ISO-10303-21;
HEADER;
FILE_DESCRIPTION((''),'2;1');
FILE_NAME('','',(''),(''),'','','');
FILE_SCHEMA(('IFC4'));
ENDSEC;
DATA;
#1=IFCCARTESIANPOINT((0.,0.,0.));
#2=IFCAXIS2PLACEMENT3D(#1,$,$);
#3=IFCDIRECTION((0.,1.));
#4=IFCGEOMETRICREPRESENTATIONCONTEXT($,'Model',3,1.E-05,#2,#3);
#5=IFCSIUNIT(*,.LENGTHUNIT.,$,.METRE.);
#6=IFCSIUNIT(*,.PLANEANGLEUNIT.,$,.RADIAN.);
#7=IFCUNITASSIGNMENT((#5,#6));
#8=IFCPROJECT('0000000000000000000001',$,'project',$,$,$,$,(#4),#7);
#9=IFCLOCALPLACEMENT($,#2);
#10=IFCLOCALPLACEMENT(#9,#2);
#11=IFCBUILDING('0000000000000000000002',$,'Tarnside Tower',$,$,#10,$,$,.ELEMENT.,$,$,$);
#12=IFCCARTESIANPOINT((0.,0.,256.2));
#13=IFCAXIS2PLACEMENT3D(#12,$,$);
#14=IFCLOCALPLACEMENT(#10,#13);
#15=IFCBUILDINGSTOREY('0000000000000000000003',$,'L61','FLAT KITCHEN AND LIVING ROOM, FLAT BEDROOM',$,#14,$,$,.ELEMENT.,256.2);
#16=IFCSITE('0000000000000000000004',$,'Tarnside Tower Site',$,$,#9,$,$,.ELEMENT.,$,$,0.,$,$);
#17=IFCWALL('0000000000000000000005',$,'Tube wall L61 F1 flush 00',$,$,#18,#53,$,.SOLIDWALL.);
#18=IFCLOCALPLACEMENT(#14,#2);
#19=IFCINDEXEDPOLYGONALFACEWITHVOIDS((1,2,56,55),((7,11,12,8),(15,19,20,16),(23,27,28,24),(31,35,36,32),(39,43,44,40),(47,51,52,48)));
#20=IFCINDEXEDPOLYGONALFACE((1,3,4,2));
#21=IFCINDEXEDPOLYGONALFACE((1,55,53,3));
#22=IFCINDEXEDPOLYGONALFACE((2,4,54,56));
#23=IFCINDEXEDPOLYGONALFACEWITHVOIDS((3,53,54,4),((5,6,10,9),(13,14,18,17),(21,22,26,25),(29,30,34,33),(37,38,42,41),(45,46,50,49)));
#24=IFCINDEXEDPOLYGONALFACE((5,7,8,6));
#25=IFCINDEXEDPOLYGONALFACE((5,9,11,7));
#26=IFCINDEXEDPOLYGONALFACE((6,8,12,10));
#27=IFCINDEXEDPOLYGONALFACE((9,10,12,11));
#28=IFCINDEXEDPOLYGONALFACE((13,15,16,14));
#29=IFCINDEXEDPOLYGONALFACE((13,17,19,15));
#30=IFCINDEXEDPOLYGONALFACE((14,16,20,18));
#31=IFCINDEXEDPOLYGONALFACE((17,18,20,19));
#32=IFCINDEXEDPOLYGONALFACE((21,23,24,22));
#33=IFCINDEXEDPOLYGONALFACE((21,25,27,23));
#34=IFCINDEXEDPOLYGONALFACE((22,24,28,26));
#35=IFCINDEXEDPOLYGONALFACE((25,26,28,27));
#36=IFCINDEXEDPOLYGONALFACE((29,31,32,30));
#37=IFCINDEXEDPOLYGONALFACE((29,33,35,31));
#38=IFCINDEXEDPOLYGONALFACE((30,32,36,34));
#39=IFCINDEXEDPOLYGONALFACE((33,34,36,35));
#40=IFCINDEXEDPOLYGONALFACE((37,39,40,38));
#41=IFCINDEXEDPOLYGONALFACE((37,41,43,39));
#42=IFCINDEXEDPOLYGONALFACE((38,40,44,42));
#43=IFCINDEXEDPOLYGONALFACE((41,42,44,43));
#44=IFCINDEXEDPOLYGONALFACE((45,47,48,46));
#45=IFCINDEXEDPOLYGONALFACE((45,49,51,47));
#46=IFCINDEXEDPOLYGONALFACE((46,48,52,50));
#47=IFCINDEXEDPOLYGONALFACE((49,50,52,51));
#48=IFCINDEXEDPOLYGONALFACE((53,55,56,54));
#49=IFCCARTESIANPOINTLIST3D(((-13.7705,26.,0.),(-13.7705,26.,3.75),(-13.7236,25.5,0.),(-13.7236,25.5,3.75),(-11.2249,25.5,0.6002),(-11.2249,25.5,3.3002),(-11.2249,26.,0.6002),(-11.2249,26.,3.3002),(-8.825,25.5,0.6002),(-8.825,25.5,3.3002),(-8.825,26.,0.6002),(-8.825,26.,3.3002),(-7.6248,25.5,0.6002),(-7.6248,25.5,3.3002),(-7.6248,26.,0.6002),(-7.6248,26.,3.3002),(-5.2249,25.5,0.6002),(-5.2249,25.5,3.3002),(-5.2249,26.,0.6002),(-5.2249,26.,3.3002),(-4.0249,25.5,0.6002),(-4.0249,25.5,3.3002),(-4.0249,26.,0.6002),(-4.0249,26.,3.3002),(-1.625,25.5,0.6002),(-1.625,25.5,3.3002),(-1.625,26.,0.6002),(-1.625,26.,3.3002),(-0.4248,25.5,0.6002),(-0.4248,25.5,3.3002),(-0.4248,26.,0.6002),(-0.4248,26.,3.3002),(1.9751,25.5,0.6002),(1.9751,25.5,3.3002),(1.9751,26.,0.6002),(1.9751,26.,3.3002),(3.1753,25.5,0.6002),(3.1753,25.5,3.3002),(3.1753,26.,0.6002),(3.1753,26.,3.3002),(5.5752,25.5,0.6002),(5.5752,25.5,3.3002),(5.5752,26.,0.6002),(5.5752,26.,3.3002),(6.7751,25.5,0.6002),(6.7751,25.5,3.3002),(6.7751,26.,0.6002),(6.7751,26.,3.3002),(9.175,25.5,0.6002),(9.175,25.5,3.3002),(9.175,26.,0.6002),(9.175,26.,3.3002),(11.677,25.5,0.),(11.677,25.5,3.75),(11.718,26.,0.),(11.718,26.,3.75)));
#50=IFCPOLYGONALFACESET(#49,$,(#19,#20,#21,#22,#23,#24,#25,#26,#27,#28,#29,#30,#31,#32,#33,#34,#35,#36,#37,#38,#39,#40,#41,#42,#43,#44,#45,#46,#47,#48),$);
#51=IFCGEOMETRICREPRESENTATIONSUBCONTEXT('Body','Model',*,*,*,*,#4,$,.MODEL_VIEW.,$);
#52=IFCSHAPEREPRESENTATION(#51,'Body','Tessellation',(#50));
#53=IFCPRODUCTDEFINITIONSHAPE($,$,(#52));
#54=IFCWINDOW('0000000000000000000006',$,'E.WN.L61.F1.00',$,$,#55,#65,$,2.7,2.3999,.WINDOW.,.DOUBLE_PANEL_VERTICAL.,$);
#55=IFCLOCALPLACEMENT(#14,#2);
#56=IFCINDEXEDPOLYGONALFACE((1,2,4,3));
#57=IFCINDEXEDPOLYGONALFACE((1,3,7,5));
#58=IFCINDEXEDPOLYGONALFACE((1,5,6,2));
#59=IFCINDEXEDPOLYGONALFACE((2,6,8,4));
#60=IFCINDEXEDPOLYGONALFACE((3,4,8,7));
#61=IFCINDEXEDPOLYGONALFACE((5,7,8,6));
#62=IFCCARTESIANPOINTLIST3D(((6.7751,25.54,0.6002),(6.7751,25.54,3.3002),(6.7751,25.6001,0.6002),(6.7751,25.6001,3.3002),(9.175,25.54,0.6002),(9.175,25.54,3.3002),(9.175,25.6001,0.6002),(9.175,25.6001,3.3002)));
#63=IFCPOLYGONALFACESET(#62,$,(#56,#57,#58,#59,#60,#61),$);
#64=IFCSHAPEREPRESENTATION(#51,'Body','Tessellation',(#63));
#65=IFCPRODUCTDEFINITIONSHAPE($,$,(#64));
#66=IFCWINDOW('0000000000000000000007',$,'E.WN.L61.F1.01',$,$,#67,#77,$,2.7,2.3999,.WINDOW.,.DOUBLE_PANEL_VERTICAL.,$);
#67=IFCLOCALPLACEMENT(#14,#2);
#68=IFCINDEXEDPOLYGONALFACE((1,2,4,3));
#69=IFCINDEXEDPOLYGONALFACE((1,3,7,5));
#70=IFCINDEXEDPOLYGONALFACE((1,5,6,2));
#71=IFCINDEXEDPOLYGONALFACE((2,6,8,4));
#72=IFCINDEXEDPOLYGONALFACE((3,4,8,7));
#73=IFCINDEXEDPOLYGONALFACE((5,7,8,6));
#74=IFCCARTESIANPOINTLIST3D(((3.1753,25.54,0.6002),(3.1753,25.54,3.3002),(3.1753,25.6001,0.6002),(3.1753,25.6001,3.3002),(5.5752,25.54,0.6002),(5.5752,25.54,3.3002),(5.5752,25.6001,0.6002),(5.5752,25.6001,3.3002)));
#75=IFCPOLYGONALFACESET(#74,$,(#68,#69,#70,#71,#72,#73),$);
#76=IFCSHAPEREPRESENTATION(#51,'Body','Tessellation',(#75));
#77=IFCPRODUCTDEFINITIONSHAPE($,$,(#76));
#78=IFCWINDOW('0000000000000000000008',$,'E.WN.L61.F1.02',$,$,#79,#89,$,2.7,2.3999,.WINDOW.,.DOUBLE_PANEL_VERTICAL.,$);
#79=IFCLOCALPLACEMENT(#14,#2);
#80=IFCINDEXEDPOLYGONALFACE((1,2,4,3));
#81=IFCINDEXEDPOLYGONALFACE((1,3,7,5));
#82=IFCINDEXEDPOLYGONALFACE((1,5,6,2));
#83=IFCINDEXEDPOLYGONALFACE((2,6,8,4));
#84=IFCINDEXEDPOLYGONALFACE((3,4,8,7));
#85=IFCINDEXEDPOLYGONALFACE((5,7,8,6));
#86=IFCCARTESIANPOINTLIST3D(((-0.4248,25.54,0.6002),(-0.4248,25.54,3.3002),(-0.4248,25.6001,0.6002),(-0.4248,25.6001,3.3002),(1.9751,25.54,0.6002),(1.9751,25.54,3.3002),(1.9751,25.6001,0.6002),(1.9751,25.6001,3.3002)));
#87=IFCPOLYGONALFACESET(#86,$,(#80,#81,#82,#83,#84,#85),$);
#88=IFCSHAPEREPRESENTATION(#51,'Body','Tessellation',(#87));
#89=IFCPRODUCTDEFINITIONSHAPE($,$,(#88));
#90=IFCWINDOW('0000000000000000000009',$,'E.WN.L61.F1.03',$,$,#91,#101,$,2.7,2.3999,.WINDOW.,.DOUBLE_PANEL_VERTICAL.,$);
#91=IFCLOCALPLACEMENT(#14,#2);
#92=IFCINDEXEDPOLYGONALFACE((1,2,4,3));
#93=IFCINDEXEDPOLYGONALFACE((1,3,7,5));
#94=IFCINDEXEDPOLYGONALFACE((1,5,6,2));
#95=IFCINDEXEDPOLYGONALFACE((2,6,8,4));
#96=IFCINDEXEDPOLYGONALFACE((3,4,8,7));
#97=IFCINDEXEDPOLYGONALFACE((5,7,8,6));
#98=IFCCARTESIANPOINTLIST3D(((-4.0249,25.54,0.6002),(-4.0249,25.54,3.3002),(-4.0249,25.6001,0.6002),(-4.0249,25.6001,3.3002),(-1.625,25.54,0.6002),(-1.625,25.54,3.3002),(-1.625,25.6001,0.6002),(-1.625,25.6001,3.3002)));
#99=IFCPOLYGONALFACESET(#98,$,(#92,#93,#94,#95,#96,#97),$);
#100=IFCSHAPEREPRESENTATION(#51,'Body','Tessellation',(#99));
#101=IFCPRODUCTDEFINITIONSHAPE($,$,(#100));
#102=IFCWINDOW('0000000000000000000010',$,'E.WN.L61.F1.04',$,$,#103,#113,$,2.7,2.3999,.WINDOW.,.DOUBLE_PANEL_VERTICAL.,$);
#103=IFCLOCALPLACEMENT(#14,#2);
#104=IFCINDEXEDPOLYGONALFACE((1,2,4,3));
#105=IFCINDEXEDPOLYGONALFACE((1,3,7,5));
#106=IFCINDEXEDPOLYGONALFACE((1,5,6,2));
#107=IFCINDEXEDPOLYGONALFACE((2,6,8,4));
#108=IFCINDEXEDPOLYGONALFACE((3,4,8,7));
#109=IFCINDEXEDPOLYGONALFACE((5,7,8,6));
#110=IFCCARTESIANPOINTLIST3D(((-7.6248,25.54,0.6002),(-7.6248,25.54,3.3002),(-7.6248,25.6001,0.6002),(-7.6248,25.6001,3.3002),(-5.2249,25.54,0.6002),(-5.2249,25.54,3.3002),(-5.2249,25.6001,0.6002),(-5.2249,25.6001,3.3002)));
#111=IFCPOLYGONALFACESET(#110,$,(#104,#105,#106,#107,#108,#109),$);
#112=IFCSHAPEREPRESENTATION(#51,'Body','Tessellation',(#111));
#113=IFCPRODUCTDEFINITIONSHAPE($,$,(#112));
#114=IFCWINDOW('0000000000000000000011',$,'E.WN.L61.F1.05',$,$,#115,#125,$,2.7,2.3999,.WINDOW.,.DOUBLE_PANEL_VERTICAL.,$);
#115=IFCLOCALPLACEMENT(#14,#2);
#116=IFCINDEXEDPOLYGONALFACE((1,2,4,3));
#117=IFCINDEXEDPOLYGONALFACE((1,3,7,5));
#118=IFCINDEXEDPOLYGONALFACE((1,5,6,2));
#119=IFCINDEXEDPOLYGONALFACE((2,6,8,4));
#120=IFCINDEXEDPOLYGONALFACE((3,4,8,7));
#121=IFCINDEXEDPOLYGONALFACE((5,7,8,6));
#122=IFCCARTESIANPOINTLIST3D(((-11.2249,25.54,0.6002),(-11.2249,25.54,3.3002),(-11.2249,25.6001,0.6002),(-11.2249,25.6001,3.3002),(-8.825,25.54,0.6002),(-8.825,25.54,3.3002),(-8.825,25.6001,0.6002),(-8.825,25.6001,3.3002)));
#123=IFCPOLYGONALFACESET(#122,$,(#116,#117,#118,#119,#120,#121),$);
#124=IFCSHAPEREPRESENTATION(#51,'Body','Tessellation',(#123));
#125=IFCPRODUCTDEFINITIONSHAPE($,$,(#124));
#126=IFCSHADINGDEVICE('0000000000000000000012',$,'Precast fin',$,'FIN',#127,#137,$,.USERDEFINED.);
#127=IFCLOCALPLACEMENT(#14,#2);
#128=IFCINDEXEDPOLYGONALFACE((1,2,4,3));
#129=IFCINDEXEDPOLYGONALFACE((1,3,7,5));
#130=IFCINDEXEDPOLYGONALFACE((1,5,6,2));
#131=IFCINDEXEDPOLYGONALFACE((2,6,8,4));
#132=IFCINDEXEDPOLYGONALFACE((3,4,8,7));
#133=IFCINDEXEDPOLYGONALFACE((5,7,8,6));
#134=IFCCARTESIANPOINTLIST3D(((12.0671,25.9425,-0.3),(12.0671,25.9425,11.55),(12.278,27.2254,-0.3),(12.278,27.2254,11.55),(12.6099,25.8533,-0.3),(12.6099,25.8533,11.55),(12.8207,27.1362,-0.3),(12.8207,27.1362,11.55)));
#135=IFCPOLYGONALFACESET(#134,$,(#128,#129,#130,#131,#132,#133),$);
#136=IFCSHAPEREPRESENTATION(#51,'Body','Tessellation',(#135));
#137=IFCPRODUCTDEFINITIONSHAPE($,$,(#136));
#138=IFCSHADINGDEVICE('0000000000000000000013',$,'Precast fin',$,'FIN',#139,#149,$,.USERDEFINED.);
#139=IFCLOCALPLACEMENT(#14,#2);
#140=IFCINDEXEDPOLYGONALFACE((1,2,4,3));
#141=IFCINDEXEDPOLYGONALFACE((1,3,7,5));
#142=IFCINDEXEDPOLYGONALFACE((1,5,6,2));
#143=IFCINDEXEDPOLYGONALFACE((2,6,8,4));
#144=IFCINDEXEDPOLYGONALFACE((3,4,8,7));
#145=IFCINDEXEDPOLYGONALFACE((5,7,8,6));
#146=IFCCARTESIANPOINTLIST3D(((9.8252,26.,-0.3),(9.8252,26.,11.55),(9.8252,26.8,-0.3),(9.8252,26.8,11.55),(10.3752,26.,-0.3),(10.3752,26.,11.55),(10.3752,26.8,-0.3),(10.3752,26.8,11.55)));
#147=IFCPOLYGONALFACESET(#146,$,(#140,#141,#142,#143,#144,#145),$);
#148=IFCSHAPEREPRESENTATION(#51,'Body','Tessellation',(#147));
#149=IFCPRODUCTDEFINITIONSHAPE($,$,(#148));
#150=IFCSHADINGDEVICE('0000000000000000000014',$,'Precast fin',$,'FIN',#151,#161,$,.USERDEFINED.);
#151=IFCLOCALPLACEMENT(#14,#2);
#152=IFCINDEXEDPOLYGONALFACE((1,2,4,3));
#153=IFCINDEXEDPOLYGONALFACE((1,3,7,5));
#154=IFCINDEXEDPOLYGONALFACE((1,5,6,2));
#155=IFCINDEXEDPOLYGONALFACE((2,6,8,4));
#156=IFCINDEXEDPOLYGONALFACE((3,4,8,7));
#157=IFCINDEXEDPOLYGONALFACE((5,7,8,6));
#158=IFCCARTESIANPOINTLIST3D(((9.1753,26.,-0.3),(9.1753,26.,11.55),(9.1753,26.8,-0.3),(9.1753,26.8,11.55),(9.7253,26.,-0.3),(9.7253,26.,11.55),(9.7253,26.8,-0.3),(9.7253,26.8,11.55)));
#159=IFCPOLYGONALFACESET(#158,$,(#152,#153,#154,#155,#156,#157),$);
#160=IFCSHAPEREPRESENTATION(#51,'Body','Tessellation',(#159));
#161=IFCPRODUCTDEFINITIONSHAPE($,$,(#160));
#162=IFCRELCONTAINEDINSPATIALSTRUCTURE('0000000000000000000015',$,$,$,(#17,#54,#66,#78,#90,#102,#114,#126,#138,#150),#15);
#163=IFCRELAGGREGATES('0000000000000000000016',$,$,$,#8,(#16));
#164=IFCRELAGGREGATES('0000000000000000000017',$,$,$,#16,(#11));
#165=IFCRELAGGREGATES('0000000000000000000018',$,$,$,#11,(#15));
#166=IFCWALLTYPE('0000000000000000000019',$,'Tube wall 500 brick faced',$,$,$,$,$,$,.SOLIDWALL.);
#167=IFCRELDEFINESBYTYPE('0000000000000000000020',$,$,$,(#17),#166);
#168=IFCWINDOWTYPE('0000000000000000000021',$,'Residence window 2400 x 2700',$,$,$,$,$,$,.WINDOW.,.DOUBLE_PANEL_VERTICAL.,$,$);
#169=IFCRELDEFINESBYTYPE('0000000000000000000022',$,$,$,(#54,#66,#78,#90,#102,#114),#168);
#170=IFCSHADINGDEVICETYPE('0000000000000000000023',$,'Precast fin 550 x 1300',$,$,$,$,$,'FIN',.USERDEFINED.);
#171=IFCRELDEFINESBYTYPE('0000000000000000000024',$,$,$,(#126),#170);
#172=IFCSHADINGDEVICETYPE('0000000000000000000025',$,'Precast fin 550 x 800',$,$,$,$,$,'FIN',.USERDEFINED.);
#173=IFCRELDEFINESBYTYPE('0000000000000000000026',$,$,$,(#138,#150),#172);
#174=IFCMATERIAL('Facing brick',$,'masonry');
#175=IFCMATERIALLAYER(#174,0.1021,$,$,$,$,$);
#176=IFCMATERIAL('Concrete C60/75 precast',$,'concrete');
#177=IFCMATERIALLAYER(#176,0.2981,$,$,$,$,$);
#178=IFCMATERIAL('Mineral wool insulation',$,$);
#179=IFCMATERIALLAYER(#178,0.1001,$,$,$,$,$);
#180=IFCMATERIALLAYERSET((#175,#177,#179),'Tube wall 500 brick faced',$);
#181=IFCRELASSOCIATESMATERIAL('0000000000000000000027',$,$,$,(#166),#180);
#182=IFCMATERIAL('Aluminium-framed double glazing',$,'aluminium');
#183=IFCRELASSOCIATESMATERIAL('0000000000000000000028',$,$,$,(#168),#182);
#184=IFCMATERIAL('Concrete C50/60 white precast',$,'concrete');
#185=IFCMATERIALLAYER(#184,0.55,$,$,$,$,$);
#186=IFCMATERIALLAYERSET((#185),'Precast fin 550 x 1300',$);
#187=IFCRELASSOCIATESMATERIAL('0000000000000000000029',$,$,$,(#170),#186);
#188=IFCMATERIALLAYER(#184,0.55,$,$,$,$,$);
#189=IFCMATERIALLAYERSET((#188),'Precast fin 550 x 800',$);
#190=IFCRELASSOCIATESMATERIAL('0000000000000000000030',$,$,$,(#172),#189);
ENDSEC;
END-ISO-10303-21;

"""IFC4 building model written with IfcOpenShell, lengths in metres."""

from ifc_helpers import new_model, si_unit, direction, frame, frame_2d, origin, place, context, subcontext, project, spatial, polyline, rectangle, outline, extrude, material, layer, layer_set, type_object, element, fill, save


model = new_model("IFC4")

# Units and contexts
model_context = context("Model", 3, precision=1e-05, world=origin(), true_north=direction((0.0, 1.0)))
body_context = subcontext(model_context, "Body", "Model", "MODEL_VIEW")
ifc_project = project(units=[si_unit("LENGTHUNIT", "METRE"), si_unit("PLANEANGLEUNIT", "RADIAN")], contexts=[model_context])

# Site, building, storey
site_placement = place(None, origin())
site = spatial("IfcSite", under=ifc_project, at=site_placement, Name="Tarnside Tower Site", CompositionType="ELEMENT", RefElevation=0.0)
building_placement = place(site_placement, origin())
building = spatial("IfcBuilding", under=site, at=building_placement, Name="Tarnside Tower", CompositionType="ELEMENT")
storey_placement = place(building_placement, frame((0.0, 0.0, 256.2)))
storey = spatial("IfcBuildingStorey", under=building, at=storey_placement, Name="L61", Description="FLAT KITCHEN AND LIVING ROOM, FLAT BEDROOM", CompositionType="ELEMENT", Elevation=256.2)

# Wall, openings, windows
ifc_material_1 = material(Name="Facing brick", Category="masonry")
ifc_layer_1 = layer(ifc_material_1, 0.1021)
ifc_material_2 = material(Name="Concrete C60/75 precast", Category="concrete")
ifc_layer_2 = layer(ifc_material_2, 0.2981)
ifc_material_3 = material(Name="Mineral wool insulation")
ifc_layer_3 = layer(ifc_material_3, 0.1001)
ifc_layer_set_1 = layer_set([ifc_layer_1, ifc_layer_2, ifc_layer_3], Name="Tube wall 500 brick faced")
wall_type_1 = type_object("IfcWallType", Name="Tube wall 500 brick faced", PredefinedType="SOLIDWALL", material=ifc_layer_set_1)
wall_1_placement = place(storey_placement, frame((11.6975, 25.75, 0.0), z_axis=(0.0, 0.0, 1.0), x_axis=(-1.0, 0.0, 0.0)))
wall_1 = element("IfcWall", 1, at=wall_1_placement, inside=storey, type_object=wall_type_1, Name="Tube wall L61 F1 flush 00", PredefinedType="SOLIDWALL", context=body_context, shape_type="SweptSolid", body=[
    extrude(outline(polyline([(-0.0205, -0.25), (25.468, -0.25), (25.4211, 0.25), (0.0205, 0.25), (-0.0205, -0.25)])), origin(), (0.0, 0.0, 1.0), 3.75),
])
opening_1_placement = place(wall_1_placement, frame((2.5225, 0.0, 0.6001)))
opening_1 = element("IfcOpeningElement", 2, at=opening_1_placement, cuts=wall_1, PredefinedType="OPENING", context=body_context, shape_type="SweptSolid", body=[
    extrude(rectangle(XDim=2.3999, YDim=2.7, at=frame_2d((1.2, 1.3501))), frame((0.0, 0.26, 0.0), z_axis=(0.0, -1.0, 0.0), x_axis=(1.0, 0.0, 0.0)), (0.0, 0.0, 1.0), 0.52),
])
opening_2_placement = place(wall_1_placement, frame((6.1223, 0.0, 0.6001)))
opening_2 = element("IfcOpeningElement", 3, at=opening_2_placement, cuts=wall_1, PredefinedType="OPENING", context=body_context, shape_type="SweptSolid", body=[
    extrude(rectangle(XDim=2.3999, YDim=2.7, at=frame_2d((1.2, 1.3501))), frame((0.0, 0.26, 0.0), z_axis=(0.0, -1.0, 0.0), x_axis=(1.0, 0.0, 0.0)), (0.0, 0.0, 1.0), 0.52),
])
opening_3_placement = place(wall_1_placement, frame((9.7224, 0.0, 0.6001)))
opening_3 = element("IfcOpeningElement", 4, at=opening_3_placement, cuts=wall_1, PredefinedType="OPENING", context=body_context, shape_type="SweptSolid", body=[
    extrude(rectangle(XDim=2.3999, YDim=2.7, at=frame_2d((1.2, 1.3501))), frame((0.0, 0.26, 0.0), z_axis=(0.0, -1.0, 0.0), x_axis=(1.0, 0.0, 0.0)), (0.0, 0.0, 1.0), 0.52),
])
opening_4_placement = place(wall_1_placement, frame((13.3225, 0.0, 0.6001)))
opening_4 = element("IfcOpeningElement", 5, at=opening_4_placement, cuts=wall_1, PredefinedType="OPENING", context=body_context, shape_type="SweptSolid", body=[
    extrude(rectangle(XDim=2.3999, YDim=2.7, at=frame_2d((1.2, 1.3501))), frame((0.0, 0.26, 0.0), z_axis=(0.0, -1.0, 0.0), x_axis=(1.0, 0.0, 0.0)), (0.0, 0.0, 1.0), 0.52),
])
opening_5_placement = place(wall_1_placement, frame((16.9224, 0.0, 0.6001)))
opening_5 = element("IfcOpeningElement", 6, at=opening_5_placement, cuts=wall_1, PredefinedType="OPENING", context=body_context, shape_type="SweptSolid", body=[
    extrude(rectangle(XDim=2.3999, YDim=2.7, at=frame_2d((1.2, 1.3501))), frame((0.0, 0.26, 0.0), z_axis=(0.0, -1.0, 0.0), x_axis=(1.0, 0.0, 0.0)), (0.0, 0.0, 1.0), 0.52),
])
opening_6_placement = place(wall_1_placement, frame((20.5225, 0.0, 0.6001)))
opening_6 = element("IfcOpeningElement", 7, at=opening_6_placement, cuts=wall_1, PredefinedType="OPENING", context=body_context, shape_type="SweptSolid", body=[
    extrude(rectangle(XDim=2.3999, YDim=2.7, at=frame_2d((1.2, 1.3501))), frame((0.0, 0.26, 0.0), z_axis=(0.0, -1.0, 0.0), x_axis=(1.0, 0.0, 0.0)), (0.0, 0.0, 1.0), 0.52),
])
ifc_material_4 = material(Name="Aluminium-framed double glazing", Category="aluminium")
window_type = type_object("IfcWindowType", Name="Residence window 2400 x 2700", PartitioningType="DOUBLE_PANEL_VERTICAL", PredefinedType="WINDOW", material=ifc_material_4)
window_1_placement = place(opening_1_placement, frame((0.0, 0.1799, 0.0)))
window_1 = element("IfcWindow", 8, at=window_1_placement, inside=storey, type_object=window_type, Name="E.WN.L61.F1.00", OverallHeight=2.7, OverallWidth=2.3999, PartitioningType="DOUBLE_PANEL_VERTICAL", PredefinedType="WINDOW", context=body_context, shape_type="SweptSolid", body=[
    extrude(rectangle(XDim=2.3999, YDim=2.7, at=frame_2d((1.2, 1.3501))), frame((0.0, 0.03, 0.0), z_axis=(0.0, -1.0, 0.0), x_axis=(1.0, 0.0, 0.0)), (0.0, 0.0, 1.0), 0.0601),
])
fill(opening_1, window_1)
window_2_placement = place(opening_2_placement, frame((0.0, 0.1799, 0.0)))
window_2 = element("IfcWindow", 9, at=window_2_placement, inside=storey, type_object=window_type, Name="E.WN.L61.F1.01", OverallHeight=2.7, OverallWidth=2.3999, PartitioningType="DOUBLE_PANEL_VERTICAL", PredefinedType="WINDOW", context=body_context, shape_type="SweptSolid", body=[
    extrude(rectangle(XDim=2.3999, YDim=2.7, at=frame_2d((1.2, 1.3501))), frame((0.0, 0.03, 0.0), z_axis=(0.0, -1.0, 0.0), x_axis=(1.0, 0.0, 0.0)), (0.0, 0.0, 1.0), 0.0601),
])
fill(opening_2, window_2)
window_3_placement = place(opening_3_placement, frame((0.0, 0.1799, 0.0)))
window_3 = element("IfcWindow", 10, at=window_3_placement, inside=storey, type_object=window_type, Name="E.WN.L61.F1.02", OverallHeight=2.7, OverallWidth=2.3999, PartitioningType="DOUBLE_PANEL_VERTICAL", PredefinedType="WINDOW", context=body_context, shape_type="SweptSolid", body=[
    extrude(rectangle(XDim=2.3999, YDim=2.7, at=frame_2d((1.2, 1.3501))), frame((0.0, 0.03, 0.0), z_axis=(0.0, -1.0, 0.0), x_axis=(1.0, 0.0, 0.0)), (0.0, 0.0, 1.0), 0.0601),
])
fill(opening_3, window_3)
window_4_placement = place(opening_4_placement, frame((0.0, 0.1799, 0.0)))
window_4 = element("IfcWindow", 11, at=window_4_placement, inside=storey, type_object=window_type, Name="E.WN.L61.F1.03", OverallHeight=2.7, OverallWidth=2.3999, PartitioningType="DOUBLE_PANEL_VERTICAL", PredefinedType="WINDOW", context=body_context, shape_type="SweptSolid", body=[
    extrude(rectangle(XDim=2.3999, YDim=2.7, at=frame_2d((1.2, 1.3501))), frame((0.0, 0.03, 0.0), z_axis=(0.0, -1.0, 0.0), x_axis=(1.0, 0.0, 0.0)), (0.0, 0.0, 1.0), 0.0601),
])
fill(opening_4, window_4)
window_5_placement = place(opening_5_placement, frame((0.0, 0.1799, 0.0)))
window_5 = element("IfcWindow", 12, at=window_5_placement, inside=storey, type_object=window_type, Name="E.WN.L61.F1.04", OverallHeight=2.7, OverallWidth=2.3999, PartitioningType="DOUBLE_PANEL_VERTICAL", PredefinedType="WINDOW", context=body_context, shape_type="SweptSolid", body=[
    extrude(rectangle(XDim=2.3999, YDim=2.7, at=frame_2d((1.2, 1.3501))), frame((0.0, 0.03, 0.0), z_axis=(0.0, -1.0, 0.0), x_axis=(1.0, 0.0, 0.0)), (0.0, 0.0, 1.0), 0.0601),
])
fill(opening_5, window_5)
window_6_placement = place(opening_6_placement, frame((0.0, 0.1799, 0.0)))
window_6 = element("IfcWindow", 13, at=window_6_placement, inside=storey, type_object=window_type, Name="E.WN.L61.F1.05", OverallHeight=2.7, OverallWidth=2.3999, PartitioningType="DOUBLE_PANEL_VERTICAL", PredefinedType="WINDOW", context=body_context, shape_type="SweptSolid", body=[
    extrude(rectangle(XDim=2.3999, YDim=2.7, at=frame_2d((1.2, 1.3501))), frame((0.0, 0.03, 0.0), z_axis=(0.0, -1.0, 0.0), x_axis=(1.0, 0.0, 0.0)), (0.0, 0.0, 1.0), 0.0601),
])
fill(opening_6, window_6)

# Shading devices
ifc_material_5 = material(Name="Concrete C50/60 white precast", Category="concrete")
ifc_layer_4 = layer(ifc_material_5, 0.55)
ifc_layer_set_2 = layer_set([ifc_layer_4], Name="Precast fin 550 x 1300")
shading_device_type_1 = type_object("IfcShadingDeviceType", Name="Precast fin 550 x 1300", ElementType="FIN", PredefinedType="USERDEFINED", material=ifc_layer_set_2)
shading_device_placement = place(storey_placement, frame((12.3384, 25.8979, -0.3), z_axis=(0.986762, -0.162178, 0.0), x_axis=(0.162178, 0.986762, 0.0)))
element("IfcShadingDevice", 14, at=shading_device_placement, inside=storey, type_object=shading_device_type_1, Name="Precast fin", ObjectType="FIN", PredefinedType="USERDEFINED", context=body_context, shape_type="SweptSolid", body=[
    extrude(outline(polyline([(0.0, 0.0), (1.3, 0.0), (1.3, 11.8501), (0.0, 11.8501), (0.0, 0.0)])), frame((0.0, 0.0, -0.2749)), (0.0, 0.0, 1.0), 0.55),
])
ifc_layer_5 = layer(ifc_material_5, 0.55)
ifc_layer_set_3 = layer_set([ifc_layer_5], Name="Precast fin 550 x 800")
shading_device_type_2 = type_object("IfcShadingDeviceType", Name="Precast fin 550 x 800", ElementType="FIN", PredefinedType="USERDEFINED", material=ifc_layer_set_3)
for number, where, z_axis, x_axis, name in (
    (15, (10.1001, 26.0, -0.3), (1.0, 0.0, 0.0), (0.0, 1.0, 0.0), "Precast fin"),
    (16, (9.4502, 26.0, -0.3), (1.0, 0.0, 0.0), (0.0, 1.0, 0.0), "Precast fin"),
):
    element("IfcShadingDevice", number, at=place(storey_placement, frame(where, z_axis=z_axis, x_axis=x_axis)), inside=storey, type_object=shading_device_type_2, Name=name, ObjectType="FIN", PredefinedType="USERDEFINED", context=body_context, shape_type="SweptSolid", body=[
        extrude(outline(polyline([(0.0, 0.0), (0.8, 0.0), (0.8, 11.8501), (0.0, 11.8501), (0.0, 0.0)])), frame((0.0, 0.0, -0.2749)), (0.0, 0.0, 1.0), 0.55),
    ])

save(model, "model.ifc")
